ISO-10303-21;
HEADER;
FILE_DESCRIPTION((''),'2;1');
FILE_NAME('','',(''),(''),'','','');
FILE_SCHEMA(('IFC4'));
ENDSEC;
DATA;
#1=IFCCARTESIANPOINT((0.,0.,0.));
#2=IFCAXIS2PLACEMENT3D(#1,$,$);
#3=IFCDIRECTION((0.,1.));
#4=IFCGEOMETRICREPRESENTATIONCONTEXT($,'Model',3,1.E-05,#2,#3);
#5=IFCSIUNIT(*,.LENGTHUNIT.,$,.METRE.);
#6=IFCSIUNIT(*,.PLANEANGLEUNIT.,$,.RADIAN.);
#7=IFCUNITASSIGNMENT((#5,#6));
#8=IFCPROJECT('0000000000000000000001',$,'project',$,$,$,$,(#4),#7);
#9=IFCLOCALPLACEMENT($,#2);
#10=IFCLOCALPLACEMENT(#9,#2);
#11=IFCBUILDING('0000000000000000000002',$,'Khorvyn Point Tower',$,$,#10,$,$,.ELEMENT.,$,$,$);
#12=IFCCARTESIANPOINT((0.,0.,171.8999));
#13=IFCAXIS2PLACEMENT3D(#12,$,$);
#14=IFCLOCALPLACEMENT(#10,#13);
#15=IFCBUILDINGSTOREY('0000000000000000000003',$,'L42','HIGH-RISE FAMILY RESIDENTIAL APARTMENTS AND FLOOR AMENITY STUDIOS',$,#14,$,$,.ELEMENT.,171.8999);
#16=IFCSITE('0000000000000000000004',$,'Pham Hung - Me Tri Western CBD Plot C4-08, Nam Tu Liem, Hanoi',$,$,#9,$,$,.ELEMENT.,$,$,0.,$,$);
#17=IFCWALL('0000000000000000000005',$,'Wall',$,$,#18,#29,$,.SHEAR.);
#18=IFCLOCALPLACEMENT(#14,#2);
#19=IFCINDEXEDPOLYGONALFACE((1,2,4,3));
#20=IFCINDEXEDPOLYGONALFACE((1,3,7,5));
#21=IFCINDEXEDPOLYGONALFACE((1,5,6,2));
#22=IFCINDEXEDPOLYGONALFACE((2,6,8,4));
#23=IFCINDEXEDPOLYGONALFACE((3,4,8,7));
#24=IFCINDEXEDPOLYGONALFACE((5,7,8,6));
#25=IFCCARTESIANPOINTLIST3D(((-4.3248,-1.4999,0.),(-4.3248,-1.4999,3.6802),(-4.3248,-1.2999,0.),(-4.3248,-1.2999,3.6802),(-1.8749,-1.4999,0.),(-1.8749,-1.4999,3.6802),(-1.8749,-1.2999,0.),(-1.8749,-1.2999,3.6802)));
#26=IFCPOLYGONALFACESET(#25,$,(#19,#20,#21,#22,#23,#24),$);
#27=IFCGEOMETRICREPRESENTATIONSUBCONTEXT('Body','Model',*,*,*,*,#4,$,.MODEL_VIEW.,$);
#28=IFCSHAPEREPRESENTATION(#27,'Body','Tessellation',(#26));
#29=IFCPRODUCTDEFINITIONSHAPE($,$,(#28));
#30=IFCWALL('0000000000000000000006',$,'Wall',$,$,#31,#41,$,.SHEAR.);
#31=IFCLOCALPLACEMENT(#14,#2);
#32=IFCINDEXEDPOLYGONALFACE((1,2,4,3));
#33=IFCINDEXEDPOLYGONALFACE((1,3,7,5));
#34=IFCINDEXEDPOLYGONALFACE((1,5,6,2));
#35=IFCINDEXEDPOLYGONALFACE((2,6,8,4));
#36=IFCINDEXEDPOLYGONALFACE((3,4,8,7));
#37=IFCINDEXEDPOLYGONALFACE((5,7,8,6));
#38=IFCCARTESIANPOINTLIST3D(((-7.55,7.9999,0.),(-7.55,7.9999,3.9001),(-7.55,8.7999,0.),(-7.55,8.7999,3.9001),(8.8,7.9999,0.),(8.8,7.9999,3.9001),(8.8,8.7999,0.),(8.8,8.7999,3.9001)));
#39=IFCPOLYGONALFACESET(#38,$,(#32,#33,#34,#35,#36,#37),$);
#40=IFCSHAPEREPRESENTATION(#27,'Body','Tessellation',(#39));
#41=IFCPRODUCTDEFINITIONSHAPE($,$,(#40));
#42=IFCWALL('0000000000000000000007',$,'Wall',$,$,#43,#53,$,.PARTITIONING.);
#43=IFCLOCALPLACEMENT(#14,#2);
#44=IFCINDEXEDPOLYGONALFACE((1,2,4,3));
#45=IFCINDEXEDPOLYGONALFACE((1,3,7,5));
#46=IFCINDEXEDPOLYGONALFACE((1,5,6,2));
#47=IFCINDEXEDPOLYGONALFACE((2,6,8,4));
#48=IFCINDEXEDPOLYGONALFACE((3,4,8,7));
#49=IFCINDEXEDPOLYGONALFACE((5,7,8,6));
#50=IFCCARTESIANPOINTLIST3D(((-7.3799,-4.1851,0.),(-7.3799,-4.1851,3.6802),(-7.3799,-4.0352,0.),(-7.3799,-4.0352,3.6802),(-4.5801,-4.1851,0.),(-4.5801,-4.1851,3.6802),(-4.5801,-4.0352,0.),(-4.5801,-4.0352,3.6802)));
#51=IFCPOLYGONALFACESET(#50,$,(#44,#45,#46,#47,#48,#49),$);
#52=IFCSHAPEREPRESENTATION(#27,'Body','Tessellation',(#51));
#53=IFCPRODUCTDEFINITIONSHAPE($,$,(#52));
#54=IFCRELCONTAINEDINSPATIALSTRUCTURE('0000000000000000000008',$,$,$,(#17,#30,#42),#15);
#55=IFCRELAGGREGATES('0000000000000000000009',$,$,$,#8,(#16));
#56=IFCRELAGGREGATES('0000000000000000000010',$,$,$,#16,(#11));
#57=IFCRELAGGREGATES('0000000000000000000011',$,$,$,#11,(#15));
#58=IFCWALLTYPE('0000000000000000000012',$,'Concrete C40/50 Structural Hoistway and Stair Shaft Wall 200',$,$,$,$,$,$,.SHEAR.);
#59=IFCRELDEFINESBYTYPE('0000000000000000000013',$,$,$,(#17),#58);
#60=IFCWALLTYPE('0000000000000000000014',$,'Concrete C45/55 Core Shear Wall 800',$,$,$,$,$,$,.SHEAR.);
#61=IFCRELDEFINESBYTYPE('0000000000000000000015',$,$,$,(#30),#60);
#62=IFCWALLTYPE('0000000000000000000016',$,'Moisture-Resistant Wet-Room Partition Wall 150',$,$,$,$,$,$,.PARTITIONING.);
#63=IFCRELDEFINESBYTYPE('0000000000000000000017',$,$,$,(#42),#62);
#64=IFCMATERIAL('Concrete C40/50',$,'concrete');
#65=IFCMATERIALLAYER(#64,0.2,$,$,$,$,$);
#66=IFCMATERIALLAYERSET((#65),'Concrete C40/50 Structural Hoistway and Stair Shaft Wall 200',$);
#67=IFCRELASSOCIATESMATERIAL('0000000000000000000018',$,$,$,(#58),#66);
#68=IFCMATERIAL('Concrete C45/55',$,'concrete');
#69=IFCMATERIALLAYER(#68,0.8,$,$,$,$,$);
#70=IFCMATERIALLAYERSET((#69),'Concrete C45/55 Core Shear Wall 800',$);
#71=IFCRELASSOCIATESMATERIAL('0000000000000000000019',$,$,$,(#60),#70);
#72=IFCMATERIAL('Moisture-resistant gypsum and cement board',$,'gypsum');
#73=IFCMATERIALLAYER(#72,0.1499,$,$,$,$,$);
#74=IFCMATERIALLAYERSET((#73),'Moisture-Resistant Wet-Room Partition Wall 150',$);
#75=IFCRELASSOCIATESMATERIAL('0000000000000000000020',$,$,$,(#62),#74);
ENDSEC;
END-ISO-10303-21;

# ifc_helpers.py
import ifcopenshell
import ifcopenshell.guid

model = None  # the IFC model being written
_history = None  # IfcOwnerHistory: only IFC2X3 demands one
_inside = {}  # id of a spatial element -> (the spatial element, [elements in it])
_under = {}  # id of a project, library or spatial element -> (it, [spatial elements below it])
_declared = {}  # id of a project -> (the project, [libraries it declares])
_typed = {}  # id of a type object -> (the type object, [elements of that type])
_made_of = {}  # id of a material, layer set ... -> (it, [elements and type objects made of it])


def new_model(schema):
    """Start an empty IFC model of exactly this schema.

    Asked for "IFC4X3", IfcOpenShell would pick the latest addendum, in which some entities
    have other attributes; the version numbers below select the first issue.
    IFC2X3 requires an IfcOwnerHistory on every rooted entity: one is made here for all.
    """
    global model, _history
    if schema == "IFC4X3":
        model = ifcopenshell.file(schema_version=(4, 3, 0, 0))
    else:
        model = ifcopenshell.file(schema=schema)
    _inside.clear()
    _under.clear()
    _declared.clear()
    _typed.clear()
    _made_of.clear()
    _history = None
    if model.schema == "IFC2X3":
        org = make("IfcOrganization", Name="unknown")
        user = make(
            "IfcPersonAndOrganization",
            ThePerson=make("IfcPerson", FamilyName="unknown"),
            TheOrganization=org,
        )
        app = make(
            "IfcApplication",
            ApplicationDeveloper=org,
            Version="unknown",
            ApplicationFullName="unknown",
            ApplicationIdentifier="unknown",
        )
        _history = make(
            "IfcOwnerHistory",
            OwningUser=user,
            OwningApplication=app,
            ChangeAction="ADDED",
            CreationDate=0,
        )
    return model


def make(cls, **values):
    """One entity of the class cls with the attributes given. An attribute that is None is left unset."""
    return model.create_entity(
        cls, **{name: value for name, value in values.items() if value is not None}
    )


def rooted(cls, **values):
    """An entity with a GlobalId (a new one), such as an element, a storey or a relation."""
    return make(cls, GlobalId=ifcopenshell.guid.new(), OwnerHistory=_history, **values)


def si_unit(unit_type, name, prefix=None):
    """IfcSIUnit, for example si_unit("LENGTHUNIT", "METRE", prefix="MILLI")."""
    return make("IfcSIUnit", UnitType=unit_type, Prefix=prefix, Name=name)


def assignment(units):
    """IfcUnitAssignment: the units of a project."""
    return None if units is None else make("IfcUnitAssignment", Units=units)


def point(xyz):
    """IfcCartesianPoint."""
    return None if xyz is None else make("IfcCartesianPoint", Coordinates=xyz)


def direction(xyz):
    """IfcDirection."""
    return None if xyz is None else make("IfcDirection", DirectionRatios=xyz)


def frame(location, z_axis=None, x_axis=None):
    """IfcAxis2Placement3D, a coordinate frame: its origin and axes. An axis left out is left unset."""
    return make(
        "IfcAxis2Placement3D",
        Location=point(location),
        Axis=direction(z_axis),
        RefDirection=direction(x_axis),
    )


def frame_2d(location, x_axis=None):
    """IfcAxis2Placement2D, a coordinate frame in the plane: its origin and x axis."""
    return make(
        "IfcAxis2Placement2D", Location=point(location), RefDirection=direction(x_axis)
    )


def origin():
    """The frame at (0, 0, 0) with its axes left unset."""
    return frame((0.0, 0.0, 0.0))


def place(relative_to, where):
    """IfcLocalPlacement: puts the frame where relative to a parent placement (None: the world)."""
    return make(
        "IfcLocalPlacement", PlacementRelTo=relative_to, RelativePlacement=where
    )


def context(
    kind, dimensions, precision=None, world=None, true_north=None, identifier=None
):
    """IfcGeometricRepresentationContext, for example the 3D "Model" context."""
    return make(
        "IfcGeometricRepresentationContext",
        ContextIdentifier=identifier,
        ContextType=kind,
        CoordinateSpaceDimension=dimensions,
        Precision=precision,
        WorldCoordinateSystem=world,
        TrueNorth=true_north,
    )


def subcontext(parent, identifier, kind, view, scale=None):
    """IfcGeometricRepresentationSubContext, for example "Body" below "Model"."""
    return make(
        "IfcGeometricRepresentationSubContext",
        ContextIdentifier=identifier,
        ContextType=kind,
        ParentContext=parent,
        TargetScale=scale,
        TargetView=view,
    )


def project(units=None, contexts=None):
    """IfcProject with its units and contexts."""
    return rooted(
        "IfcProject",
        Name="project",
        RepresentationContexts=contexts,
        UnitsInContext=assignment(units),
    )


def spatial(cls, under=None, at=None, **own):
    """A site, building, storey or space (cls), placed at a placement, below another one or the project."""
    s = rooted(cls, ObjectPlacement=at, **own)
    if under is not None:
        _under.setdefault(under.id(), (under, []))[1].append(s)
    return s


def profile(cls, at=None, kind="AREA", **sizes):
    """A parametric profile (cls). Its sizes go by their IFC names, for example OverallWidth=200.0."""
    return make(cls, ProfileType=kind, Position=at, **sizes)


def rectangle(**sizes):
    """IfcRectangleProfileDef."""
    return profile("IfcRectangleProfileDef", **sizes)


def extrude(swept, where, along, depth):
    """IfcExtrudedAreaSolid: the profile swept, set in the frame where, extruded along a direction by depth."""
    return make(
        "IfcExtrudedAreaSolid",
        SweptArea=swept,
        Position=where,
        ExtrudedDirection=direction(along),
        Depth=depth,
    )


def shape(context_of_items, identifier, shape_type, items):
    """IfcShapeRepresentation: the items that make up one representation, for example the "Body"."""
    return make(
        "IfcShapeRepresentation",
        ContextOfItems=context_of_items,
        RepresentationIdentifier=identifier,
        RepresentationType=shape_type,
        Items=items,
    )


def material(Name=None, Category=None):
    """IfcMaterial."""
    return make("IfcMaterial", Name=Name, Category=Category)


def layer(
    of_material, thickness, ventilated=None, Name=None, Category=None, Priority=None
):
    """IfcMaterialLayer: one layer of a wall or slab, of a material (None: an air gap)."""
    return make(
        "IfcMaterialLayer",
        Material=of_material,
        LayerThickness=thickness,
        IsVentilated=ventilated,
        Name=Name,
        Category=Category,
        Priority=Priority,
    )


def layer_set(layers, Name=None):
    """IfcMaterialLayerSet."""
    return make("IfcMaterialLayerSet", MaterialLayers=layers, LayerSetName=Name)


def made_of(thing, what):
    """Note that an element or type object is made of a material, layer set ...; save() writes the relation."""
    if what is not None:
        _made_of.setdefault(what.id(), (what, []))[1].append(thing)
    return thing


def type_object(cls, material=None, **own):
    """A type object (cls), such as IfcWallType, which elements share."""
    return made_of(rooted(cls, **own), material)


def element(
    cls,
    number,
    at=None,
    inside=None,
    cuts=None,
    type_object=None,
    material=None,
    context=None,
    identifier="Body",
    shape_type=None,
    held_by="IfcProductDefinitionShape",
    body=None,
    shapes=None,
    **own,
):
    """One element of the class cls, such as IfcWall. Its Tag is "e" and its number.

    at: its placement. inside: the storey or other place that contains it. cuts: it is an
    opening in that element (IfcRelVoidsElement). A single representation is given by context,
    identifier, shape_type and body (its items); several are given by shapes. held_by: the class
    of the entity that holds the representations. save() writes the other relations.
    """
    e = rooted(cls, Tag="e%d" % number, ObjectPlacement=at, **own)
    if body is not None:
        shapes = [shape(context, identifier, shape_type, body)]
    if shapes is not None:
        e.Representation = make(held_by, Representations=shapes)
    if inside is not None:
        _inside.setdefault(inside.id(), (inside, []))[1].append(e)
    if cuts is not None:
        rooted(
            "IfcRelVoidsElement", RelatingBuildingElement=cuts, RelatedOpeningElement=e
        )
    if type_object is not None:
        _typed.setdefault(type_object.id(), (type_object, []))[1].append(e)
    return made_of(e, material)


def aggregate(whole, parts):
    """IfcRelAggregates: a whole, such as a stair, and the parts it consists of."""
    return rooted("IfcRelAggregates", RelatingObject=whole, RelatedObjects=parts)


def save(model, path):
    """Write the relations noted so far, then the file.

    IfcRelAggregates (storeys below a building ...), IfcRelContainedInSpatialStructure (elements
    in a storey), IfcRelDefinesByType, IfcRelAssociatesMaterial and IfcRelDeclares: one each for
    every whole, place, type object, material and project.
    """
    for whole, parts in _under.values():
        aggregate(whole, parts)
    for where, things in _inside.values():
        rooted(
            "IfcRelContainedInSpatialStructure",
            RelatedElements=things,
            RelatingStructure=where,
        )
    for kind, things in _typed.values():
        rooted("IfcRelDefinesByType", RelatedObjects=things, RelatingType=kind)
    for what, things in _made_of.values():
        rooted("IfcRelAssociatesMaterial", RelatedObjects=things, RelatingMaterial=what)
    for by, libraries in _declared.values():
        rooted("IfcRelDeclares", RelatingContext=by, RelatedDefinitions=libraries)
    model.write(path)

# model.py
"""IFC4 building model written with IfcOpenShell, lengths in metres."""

from ifc_helpers import new_model, si_unit, direction, frame, frame_2d, origin, place, context, subcontext, project, spatial, rectangle, extrude, material, layer, layer_set, type_object, element, save


model = new_model("IFC4")

# Units and contexts
model_context = context("Model", 3, precision=1e-05, world=origin(), true_north=direction((0.0, 1.0)))
body_context = subcontext(model_context, "Body", "Model", "MODEL_VIEW")
ifc_project = project(units=[si_unit("LENGTHUNIT", "METRE"), si_unit("PLANEANGLEUNIT", "RADIAN")], contexts=[model_context])

# Site, building, storey
site_placement = place(None, origin())
site = spatial("IfcSite", under=ifc_project, at=site_placement, Name="Pham Hung - Me Tri Western CBD Plot C4-08, Nam Tu Liem, Hanoi", CompositionType="ELEMENT", RefElevation=0.0)
building_placement = place(site_placement, origin())
building = spatial("IfcBuilding", under=site, at=building_placement, Name="Khorvyn Point Tower", CompositionType="ELEMENT")
storey_placement = place(building_placement, frame((0.0, 0.0, 171.8999)))
storey = spatial("IfcBuildingStorey", under=building, at=storey_placement, Name="L42", Description="HIGH-RISE FAMILY RESIDENTIAL APARTMENTS AND FLOOR AMENITY STUDIOS", CompositionType="ELEMENT", Elevation=171.8999)

# Shared definitions
ifc_material_1 = material(Name="Concrete C40/50", Category="concrete")

# Shared definitions
ifc_layer_1 = layer(ifc_material_1, 0.2)
ifc_layer_set_1 = layer_set([ifc_layer_1], Name="Concrete C40/50 Structural Hoistway and Stair Shaft Wall 200")
wall_type_1 = type_object("IfcWallType", Name="Concrete C40/50 Structural Hoistway and Stair Shaft Wall 200", PredefinedType="SHEAR", material=ifc_layer_set_1)

# Walls
wall_1_placement = place(storey_placement, frame((-4.325, -1.3999, 0.0), z_axis=(0.0, 0.0, 1.0), x_axis=(1.0, 0.0, 0.0)))
element("IfcWall", 1, at=wall_1_placement, inside=storey, type_object=wall_type_1, Name="Wall", PredefinedType="SHEAR", context=body_context, shape_type="SweptSolid", body=[
    extrude(rectangle(XDim=2.45, YDim=0.2, at=frame_2d((1.2251, 0.0))), origin(), (0.0, 0.0, 1.0), 3.6802),
])
ifc_material_2 = material(Name="Concrete C45/55", Category="concrete")
ifc_layer_2 = layer(ifc_material_2, 0.8)
ifc_layer_set_2 = layer_set([ifc_layer_2], Name="Concrete C45/55 Core Shear Wall 800")
wall_type_2 = type_object("IfcWallType", Name="Concrete C45/55 Core Shear Wall 800", PredefinedType="SHEAR", material=ifc_layer_set_2)
wall_2_placement = place(storey_placement, frame((-7.55, 8.3999, 0.0), z_axis=(0.0, 0.0, 1.0), x_axis=(1.0, 0.0, 0.0)))
element("IfcWall", 2, at=wall_2_placement, inside=storey, type_object=wall_type_2, Name="Wall", PredefinedType="SHEAR", context=body_context, shape_type="SweptSolid", body=[
    extrude(rectangle(XDim=16.3501, YDim=0.8, at=frame_2d((8.175, 0.0))), origin(), (0.0, 0.0, 1.0), 3.9001),
])
ifc_material_3 = material(Name="Moisture-resistant gypsum and cement board", Category="gypsum")
ifc_layer_3 = layer(ifc_material_3, 0.1499)
ifc_layer_set_3 = layer_set([ifc_layer_3], Name="Moisture-Resistant Wet-Room Partition Wall 150")
wall_type_3 = type_object("IfcWallType", Name="Moisture-Resistant Wet-Room Partition Wall 150", PredefinedType="PARTITIONING", material=ifc_layer_set_3)
wall_3_placement = place(storey_placement, frame((-7.3799, -4.1101, 0.0), z_axis=(0.0, 0.0, 1.0), x_axis=(1.0, 0.0, 0.0)))
element("IfcWall", 3, at=wall_3_placement, inside=storey, type_object=wall_type_3, Name="Wall", PredefinedType="PARTITIONING", context=body_context, shape_type="SweptSolid", body=[
    extrude(rectangle(XDim=2.7998, YDim=0.1499, at=frame_2d((1.3999, 0.0))), origin(), (0.0, 0.0, 1.0), 3.6802),
])

save(model, "model.ifc")
